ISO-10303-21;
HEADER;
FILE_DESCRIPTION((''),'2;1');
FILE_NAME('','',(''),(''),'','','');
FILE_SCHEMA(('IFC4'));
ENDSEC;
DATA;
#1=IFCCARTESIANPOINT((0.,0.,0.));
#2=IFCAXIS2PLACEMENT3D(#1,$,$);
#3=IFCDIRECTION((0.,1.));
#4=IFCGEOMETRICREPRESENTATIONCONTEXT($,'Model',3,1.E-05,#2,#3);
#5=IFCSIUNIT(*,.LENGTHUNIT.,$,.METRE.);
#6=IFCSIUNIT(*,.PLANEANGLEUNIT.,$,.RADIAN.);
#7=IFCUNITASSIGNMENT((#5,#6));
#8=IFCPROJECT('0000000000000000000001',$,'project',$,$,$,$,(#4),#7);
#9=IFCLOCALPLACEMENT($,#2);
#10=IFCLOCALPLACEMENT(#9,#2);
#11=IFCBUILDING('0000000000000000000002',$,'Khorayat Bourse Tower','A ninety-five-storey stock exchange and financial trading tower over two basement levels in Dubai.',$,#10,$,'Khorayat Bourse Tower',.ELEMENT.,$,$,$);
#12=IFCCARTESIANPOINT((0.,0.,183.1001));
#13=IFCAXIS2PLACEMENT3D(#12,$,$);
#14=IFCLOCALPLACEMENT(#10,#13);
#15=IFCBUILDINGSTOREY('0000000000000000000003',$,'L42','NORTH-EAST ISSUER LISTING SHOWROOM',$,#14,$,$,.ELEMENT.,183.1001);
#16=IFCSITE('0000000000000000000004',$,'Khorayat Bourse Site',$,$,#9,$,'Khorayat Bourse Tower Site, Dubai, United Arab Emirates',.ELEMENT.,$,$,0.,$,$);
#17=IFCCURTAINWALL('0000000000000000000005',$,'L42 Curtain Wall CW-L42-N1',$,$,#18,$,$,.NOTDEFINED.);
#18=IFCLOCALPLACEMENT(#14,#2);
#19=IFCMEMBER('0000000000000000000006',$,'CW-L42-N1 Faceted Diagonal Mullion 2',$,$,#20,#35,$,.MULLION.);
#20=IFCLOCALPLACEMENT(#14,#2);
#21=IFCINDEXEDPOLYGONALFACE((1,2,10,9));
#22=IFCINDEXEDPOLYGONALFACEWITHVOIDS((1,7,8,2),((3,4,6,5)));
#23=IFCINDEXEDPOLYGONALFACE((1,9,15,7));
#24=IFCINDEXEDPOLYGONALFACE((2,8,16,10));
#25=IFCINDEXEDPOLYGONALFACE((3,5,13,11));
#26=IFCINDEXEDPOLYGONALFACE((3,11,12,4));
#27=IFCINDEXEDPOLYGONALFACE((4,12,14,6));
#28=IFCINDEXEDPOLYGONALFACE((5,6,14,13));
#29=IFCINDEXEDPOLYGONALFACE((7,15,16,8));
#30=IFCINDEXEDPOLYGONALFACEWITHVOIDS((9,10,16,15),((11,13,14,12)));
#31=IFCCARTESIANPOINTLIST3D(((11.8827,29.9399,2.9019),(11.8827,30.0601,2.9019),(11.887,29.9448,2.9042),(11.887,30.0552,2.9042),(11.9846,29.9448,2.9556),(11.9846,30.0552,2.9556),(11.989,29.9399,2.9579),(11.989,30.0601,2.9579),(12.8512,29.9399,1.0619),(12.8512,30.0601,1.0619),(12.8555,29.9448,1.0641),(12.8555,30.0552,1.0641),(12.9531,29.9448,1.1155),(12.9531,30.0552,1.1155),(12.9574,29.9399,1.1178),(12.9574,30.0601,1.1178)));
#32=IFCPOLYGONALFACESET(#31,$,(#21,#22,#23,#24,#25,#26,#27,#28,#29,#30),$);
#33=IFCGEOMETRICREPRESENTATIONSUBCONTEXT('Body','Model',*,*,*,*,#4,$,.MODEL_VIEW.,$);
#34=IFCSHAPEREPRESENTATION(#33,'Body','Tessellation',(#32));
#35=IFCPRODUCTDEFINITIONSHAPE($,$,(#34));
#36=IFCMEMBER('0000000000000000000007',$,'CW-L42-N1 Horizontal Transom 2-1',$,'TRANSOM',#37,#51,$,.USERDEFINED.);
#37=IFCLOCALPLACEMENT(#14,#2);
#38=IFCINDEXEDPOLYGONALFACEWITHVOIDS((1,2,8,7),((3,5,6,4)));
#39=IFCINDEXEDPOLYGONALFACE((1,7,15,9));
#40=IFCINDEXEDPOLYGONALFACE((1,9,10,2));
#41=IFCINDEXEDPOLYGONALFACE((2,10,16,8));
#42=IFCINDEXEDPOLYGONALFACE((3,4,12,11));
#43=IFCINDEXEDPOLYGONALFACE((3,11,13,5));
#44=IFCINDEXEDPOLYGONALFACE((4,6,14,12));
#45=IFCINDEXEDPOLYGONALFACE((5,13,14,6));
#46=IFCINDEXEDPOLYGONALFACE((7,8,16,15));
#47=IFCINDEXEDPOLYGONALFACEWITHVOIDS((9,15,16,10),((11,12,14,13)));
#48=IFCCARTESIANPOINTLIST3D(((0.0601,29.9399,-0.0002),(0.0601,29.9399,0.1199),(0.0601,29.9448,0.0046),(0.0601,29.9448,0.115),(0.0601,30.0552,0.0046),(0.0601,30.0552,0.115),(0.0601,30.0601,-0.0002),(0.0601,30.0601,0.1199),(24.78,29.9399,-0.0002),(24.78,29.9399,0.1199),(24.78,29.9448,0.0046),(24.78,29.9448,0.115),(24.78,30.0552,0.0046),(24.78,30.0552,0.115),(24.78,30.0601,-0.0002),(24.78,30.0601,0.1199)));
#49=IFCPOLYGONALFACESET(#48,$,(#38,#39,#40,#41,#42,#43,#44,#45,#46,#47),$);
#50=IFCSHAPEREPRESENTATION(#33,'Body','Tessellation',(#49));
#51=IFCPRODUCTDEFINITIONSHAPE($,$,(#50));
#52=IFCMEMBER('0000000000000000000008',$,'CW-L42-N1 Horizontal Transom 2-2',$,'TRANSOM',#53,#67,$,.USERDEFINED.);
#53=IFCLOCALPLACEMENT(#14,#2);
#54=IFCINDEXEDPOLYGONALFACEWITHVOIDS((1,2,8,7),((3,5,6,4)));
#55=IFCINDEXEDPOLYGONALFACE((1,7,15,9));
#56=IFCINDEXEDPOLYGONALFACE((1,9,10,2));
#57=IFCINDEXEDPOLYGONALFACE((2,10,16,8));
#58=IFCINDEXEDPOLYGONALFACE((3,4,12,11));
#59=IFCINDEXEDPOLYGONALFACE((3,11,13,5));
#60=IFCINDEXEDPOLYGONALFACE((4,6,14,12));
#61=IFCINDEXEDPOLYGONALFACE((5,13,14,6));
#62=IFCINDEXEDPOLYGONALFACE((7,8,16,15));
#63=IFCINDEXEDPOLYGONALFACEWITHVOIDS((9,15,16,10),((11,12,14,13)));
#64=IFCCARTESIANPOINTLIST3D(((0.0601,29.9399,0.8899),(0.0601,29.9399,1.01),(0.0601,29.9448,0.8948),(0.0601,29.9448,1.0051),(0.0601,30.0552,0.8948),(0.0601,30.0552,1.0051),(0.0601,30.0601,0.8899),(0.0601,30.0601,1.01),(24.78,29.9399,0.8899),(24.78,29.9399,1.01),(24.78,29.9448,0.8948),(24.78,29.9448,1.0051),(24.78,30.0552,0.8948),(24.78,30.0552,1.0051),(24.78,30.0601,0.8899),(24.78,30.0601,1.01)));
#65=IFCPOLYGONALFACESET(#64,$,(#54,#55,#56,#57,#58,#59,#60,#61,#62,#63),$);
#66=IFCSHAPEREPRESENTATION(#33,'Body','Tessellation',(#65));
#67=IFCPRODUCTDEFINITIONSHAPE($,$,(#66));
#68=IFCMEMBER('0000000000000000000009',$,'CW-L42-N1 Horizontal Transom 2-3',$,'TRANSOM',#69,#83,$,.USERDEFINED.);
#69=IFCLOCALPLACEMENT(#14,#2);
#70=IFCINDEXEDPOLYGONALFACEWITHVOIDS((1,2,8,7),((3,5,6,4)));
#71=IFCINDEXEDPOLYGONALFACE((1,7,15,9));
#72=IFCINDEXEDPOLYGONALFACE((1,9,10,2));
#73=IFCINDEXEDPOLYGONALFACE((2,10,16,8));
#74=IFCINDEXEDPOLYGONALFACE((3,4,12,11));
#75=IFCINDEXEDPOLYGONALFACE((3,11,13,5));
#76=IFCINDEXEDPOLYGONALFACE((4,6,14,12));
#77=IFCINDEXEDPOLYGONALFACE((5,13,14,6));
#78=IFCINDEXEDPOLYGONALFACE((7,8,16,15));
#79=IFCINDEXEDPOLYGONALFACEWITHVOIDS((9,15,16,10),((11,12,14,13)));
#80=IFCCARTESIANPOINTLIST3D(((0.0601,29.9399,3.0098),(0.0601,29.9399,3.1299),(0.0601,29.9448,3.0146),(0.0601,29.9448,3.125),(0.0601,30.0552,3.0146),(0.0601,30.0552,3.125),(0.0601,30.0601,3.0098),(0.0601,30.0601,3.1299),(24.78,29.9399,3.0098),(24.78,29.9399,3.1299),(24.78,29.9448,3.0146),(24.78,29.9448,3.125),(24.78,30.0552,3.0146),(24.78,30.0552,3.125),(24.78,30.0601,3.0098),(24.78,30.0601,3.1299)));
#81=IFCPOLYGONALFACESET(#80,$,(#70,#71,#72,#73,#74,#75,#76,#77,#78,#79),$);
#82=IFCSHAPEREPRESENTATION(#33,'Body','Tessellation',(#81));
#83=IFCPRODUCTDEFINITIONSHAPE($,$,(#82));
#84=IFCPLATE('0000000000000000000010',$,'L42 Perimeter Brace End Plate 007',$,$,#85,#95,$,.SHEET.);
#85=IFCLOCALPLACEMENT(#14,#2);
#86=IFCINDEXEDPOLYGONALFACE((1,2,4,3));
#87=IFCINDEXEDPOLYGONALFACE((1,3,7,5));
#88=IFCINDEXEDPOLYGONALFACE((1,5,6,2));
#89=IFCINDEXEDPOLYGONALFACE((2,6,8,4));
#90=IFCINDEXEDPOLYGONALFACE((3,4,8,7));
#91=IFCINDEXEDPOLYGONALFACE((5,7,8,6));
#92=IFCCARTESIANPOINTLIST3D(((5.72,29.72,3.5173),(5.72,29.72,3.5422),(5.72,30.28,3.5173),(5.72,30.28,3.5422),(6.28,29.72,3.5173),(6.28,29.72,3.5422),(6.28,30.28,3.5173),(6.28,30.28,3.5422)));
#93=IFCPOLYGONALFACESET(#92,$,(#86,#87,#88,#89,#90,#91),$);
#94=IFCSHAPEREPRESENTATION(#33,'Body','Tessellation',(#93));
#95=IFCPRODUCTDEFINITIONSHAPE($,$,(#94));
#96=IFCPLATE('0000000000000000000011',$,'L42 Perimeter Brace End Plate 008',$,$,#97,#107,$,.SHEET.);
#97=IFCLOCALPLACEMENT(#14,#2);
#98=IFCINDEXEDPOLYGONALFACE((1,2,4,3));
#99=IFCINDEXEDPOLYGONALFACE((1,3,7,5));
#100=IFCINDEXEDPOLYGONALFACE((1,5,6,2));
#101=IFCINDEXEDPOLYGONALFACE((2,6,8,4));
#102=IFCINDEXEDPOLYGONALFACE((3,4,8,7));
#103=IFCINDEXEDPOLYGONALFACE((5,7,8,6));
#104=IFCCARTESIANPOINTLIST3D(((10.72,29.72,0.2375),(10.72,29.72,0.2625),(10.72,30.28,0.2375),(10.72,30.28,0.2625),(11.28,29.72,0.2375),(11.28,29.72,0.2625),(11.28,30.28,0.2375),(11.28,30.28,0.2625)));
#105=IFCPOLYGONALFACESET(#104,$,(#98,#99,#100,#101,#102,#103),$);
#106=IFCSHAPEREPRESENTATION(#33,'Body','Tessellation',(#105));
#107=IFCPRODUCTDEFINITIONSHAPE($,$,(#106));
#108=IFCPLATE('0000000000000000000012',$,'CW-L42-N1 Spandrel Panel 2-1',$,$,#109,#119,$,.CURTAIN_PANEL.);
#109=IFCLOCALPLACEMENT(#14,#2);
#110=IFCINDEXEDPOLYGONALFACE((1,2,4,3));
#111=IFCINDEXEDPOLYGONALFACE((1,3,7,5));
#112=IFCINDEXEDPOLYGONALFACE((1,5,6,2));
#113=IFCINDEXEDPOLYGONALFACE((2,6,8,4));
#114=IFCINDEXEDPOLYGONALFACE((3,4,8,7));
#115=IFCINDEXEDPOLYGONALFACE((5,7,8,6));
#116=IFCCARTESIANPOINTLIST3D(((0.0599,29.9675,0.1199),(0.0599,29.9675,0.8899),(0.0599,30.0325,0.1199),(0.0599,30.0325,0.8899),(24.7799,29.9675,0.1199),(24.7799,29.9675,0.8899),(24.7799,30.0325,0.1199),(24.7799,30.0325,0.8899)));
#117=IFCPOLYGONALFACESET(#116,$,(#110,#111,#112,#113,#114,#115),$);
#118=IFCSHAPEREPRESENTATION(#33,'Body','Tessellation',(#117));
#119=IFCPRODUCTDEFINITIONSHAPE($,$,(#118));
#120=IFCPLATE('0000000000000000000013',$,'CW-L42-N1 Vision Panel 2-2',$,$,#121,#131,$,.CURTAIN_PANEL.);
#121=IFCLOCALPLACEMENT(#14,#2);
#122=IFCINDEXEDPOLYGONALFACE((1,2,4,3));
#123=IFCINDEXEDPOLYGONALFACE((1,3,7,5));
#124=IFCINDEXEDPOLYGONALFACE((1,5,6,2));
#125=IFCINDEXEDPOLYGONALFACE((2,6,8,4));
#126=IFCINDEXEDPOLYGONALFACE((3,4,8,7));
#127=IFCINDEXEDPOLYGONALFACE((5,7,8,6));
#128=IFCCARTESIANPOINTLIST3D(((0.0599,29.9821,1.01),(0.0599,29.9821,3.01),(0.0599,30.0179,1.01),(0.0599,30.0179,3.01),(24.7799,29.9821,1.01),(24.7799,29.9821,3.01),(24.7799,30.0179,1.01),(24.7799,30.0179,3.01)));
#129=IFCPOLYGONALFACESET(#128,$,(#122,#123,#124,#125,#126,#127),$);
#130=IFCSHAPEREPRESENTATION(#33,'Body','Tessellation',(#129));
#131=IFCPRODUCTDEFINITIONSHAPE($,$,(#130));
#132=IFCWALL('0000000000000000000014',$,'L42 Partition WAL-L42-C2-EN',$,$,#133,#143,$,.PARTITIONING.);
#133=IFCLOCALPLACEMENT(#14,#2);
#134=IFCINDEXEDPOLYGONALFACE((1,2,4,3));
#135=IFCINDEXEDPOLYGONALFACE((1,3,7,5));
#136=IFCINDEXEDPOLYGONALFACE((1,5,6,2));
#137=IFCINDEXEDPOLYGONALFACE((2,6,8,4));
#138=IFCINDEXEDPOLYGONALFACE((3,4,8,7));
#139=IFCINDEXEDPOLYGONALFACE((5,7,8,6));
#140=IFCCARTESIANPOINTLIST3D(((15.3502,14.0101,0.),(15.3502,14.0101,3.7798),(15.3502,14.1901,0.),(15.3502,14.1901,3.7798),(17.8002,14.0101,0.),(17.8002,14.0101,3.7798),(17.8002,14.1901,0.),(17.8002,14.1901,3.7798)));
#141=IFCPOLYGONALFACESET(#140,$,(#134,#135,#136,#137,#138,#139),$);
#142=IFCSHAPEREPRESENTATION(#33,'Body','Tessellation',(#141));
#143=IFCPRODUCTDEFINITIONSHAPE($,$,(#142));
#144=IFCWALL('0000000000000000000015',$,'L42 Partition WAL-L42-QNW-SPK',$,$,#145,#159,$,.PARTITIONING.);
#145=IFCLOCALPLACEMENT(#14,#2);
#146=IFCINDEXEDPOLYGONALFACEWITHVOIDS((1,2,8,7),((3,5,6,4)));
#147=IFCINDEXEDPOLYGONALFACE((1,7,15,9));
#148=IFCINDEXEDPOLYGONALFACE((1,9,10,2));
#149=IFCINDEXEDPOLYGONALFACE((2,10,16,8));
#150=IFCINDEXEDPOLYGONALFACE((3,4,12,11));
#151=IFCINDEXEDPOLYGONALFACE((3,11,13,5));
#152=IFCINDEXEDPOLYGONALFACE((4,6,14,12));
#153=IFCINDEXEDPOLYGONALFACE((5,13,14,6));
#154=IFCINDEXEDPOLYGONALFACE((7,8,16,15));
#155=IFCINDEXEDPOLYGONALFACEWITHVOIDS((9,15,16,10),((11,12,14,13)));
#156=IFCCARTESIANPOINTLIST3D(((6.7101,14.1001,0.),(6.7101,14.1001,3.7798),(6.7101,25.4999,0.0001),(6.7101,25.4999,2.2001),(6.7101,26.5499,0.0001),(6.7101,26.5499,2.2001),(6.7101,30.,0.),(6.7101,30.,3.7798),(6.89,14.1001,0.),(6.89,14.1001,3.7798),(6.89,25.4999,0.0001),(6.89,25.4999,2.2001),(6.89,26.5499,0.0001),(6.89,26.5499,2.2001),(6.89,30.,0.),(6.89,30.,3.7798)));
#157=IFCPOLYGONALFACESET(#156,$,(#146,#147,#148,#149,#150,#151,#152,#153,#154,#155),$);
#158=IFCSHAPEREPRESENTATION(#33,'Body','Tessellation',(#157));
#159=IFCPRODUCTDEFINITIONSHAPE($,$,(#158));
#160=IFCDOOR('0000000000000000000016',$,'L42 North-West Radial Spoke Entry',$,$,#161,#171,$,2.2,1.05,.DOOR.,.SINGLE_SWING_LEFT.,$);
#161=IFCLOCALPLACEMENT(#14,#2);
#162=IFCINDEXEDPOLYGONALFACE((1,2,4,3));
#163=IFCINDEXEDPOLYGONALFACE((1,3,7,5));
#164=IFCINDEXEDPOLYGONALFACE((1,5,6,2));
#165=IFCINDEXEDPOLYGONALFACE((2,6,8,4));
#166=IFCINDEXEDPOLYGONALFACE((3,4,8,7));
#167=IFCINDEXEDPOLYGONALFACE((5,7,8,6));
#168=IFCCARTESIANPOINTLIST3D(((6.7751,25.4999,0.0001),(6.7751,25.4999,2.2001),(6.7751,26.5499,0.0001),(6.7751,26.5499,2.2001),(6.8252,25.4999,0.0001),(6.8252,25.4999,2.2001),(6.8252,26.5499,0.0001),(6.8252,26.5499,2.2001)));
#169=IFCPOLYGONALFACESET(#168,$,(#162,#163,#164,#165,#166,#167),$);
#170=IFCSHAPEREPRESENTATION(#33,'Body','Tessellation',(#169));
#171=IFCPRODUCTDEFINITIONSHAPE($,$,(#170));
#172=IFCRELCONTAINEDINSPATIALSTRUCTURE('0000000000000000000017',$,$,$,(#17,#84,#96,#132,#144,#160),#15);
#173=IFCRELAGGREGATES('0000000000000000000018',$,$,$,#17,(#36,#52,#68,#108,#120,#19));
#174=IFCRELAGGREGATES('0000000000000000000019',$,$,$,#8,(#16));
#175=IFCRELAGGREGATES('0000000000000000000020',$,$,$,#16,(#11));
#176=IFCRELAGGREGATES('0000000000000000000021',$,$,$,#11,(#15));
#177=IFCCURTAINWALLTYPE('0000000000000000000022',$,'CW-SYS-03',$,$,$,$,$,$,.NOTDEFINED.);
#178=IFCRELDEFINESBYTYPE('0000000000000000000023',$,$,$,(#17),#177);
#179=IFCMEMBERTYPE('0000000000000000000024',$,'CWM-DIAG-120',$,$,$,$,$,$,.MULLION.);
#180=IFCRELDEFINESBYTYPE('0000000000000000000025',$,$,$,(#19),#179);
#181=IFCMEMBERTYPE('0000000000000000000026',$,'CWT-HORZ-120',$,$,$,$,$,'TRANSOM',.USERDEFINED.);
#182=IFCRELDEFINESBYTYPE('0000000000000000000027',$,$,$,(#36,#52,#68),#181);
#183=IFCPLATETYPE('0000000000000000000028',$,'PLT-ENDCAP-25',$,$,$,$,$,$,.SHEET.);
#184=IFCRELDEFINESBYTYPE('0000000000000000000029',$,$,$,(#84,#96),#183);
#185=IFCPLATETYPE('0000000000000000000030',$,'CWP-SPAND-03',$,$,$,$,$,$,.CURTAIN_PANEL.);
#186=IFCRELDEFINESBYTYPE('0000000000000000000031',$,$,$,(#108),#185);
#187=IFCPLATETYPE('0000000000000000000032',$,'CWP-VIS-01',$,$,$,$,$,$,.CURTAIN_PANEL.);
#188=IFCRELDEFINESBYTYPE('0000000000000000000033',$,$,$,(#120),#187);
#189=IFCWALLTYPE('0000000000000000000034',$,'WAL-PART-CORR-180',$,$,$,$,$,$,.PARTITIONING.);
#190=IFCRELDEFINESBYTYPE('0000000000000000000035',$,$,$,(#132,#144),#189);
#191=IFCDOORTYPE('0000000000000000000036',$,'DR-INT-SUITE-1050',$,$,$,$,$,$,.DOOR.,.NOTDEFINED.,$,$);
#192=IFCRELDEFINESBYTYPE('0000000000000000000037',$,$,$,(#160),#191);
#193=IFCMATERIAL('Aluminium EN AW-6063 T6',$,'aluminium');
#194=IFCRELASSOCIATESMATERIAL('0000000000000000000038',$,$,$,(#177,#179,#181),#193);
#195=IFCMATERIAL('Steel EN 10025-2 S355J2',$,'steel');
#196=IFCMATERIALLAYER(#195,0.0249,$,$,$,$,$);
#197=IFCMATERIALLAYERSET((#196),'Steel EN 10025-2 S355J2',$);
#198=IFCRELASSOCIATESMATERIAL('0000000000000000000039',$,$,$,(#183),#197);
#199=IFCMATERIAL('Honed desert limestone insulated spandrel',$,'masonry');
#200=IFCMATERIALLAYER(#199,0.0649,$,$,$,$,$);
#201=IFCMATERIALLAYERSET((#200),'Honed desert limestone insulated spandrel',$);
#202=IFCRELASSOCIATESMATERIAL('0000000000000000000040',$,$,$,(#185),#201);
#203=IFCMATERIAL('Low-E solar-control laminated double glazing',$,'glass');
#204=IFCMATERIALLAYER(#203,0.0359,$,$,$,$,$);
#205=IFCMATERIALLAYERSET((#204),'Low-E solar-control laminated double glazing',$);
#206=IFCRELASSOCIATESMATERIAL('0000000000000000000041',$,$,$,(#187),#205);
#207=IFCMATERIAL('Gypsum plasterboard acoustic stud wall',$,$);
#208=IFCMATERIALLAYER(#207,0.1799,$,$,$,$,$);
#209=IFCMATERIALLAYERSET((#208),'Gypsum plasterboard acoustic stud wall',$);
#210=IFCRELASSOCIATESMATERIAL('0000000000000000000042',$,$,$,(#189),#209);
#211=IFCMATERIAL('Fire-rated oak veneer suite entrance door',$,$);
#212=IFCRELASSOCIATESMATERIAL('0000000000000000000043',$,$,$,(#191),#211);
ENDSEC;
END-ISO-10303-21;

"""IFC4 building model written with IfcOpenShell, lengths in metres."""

from ifc_helpers import new_model, si_unit, direction, frame, frame_2d, origin, origin_2d, place, context, subcontext, project, spatial, rectangle, hollow_rectangle, extrude, source, transform, mapped, material, layer, layer_set, material_profile, profile_set, type_object, element, fill, aggregate, save


model = new_model("IFC4")

# Units and contexts
model_context = context("Model", 3, precision=1e-05, world=origin(), true_north=direction((0.0, 1.0)))
body_context = subcontext(model_context, "Body", "Model", "MODEL_VIEW")
ifc_project = project(units=[si_unit("LENGTHUNIT", "METRE"), si_unit("PLANEANGLEUNIT", "RADIAN")], contexts=[model_context])

# Site, building, storey
site_placement = place(None, origin())
site = spatial("IfcSite", under=ifc_project, at=site_placement, Name="Khorayat Bourse Site", LongName="Khorayat Bourse Tower Site, Dubai, United Arab Emirates", CompositionType="ELEMENT", RefElevation=0.0)
building_placement = place(site_placement, origin())
building = spatial("IfcBuilding", under=site, at=building_placement, Name="Khorayat Bourse Tower", Description="A ninety-five-storey stock exchange and financial trading tower over two basement levels in Dubai.", LongName="Khorayat Bourse Tower", CompositionType="ELEMENT")
storey_placement = place(building_placement, frame((0.0, 0.0, 183.1001)))
storey = spatial("IfcBuildingStorey", under=building, at=storey_placement, Name="L42", Description="NORTH-EAST ISSUER LISTING SHOWROOM", CompositionType="ELEMENT", Elevation=183.1001)

# Curtain wall, members
ifc_material_1 = material(Name="Aluminium EN AW-6063 T6", Category="aluminium")
curtain_wall_type = type_object("IfcCurtainWallType", Name="CW-SYS-03", PredefinedType="NOTDEFINED", material=ifc_material_1)
curtain_wall_placement = place(storey_placement, origin())
curtain_wall = element("IfcCurtainWall", 1, at=curtain_wall_placement, inside=storey, type_object=curtain_wall_type, Name="L42 Curtain Wall CW-L42-N1", PredefinedType="NOTDEFINED")
ifc_material_profile_1 = material_profile(ifc_material_1, hollow_rectangle(XDim=0.1201, YDim=0.1201, WallThickness=0.0049, at=origin_2d()), Name="ALU 120x120x5")
ifc_profile_set_1 = profile_set([ifc_material_profile_1], Name="Aluminium EN AW-6063 T6")
member_type_1 = type_object("IfcMemberType", Name="CWM-DIAG-120", PredefinedType="MULLION", material=ifc_profile_set_1)
shared_shape_1 = source(origin(), body_context, "Body", "SweptSolid", [
    extrude(hollow_rectangle(XDim=0.1201, YDim=0.1201, WallThickness=0.0049, at=origin_2d()), origin(), (0.0, 0.0, 1.0), 2.0793),
])
member_1_placement = place(storey_placement, frame((12.9043, 30.0, 1.0898), z_axis=(-0.465761, 0.0, 0.884911), x_axis=(0.0, -1.0, 0.0)))
member_1 = element("IfcMember", 2, at=member_1_placement, type_object=member_type_1, Name="CW-L42-N1 Faceted Diagonal Mullion 2", PredefinedType="MULLION", context=body_context, shape_type="MappedRepresentation", body=[
    mapped(shared_shape_1, transform((0.0, 0.0, 0.0), scale=1.0)),
])
ifc_material_profile_2 = material_profile(ifc_material_1, hollow_rectangle(XDim=0.1201, YDim=0.1201, WallThickness=0.0049, at=origin_2d()), Name="ALU 120x120x5")
ifc_profile_set_2 = profile_set([ifc_material_profile_2], Name="Aluminium EN AW-6063 T6")
member_type_2 = type_object("IfcMemberType", Name="CWT-HORZ-120", ElementType="TRANSOM", PredefinedType="USERDEFINED", material=ifc_profile_set_2)
shared_shape_2 = source(origin(), body_context, "Body", "SweptSolid", [
    extrude(hollow_rectangle(XDim=0.1201, YDim=0.1201, WallThickness=0.0049, at=origin_2d()), origin(), (0.0, 0.0, 1.0), 24.72),
])
member_2_placement = place(storey_placement, frame((0.0601, 30.0, 0.0598), z_axis=(1.0, 0.0, 0.0), x_axis=(0.0, 1.0, 0.0)))
member_2 = element("IfcMember", 3, at=member_2_placement, type_object=member_type_2, Name="CW-L42-N1 Horizontal Transom 2-1", ObjectType="TRANSOM", PredefinedType="USERDEFINED", context=body_context, shape_type="MappedRepresentation", body=[
    mapped(shared_shape_2, transform((0.0, 0.0, 0.0), scale=1.0)),
])
member_3_placement = place(storey_placement, frame((0.0601, 30.0, 0.95), z_axis=(1.0, 0.0, 0.0), x_axis=(0.0, 1.0, 0.0)))
member_3 = element("IfcMember", 4, at=member_3_placement, type_object=member_type_2, Name="CW-L42-N1 Horizontal Transom 2-2", ObjectType="TRANSOM", PredefinedType="USERDEFINED", context=body_context, shape_type="MappedRepresentation", body=[
    mapped(shared_shape_2, transform((0.0, 0.0, 0.0), scale=1.0)),
])
member_4_placement = place(storey_placement, frame((0.0601, 30.0, 3.0698), z_axis=(1.0, 0.0, 0.0), x_axis=(0.0, 1.0, 0.0)))
member_4 = element("IfcMember", 5, at=member_4_placement, type_object=member_type_2, Name="CW-L42-N1 Horizontal Transom 2-3", ObjectType="TRANSOM", PredefinedType="USERDEFINED", context=body_context, shape_type="MappedRepresentation", body=[
    mapped(shared_shape_2, transform((0.0, 0.0, 0.0), scale=1.0)),
])

# Plates
ifc_material_2 = material(Name="Steel EN 10025-2 S355J2", Category="steel")
ifc_layer_1 = layer(ifc_material_2, 0.0249)
ifc_layer_set_1 = layer_set([ifc_layer_1], Name="Steel EN 10025-2 S355J2")
plate_type_1 = type_object("IfcPlateType", Name="PLT-ENDCAP-25", PredefinedType="SHEET", material=ifc_layer_set_1)
shared_shape_3 = source(origin(), body_context, "Body", "SweptSolid", [
    extrude(rectangle(XDim=0.5601, YDim=0.5601, at=origin_2d()), origin(), (0.0, 0.0, 1.0), 0.0249),
])
for number, where, z_axis, x_axis, name in (
    (6, (6.0, 30.0, 3.5173), (0.0, 0.0, 1.0), (1.0, 0.0, 0.0), "L42 Perimeter Brace End Plate 007"),
    (7, (11.0, 30.0, 0.2375), (0.0, 0.0, 1.0), (1.0, 0.0, 0.0), "L42 Perimeter Brace End Plate 008"),
):
    element("IfcPlate", number, at=place(storey_placement, frame(where, z_axis=z_axis, x_axis=x_axis)), inside=storey, type_object=plate_type_1, Name=name, PredefinedType="SHEET", context=body_context, shape_type="MappedRepresentation", body=[
        mapped(shared_shape_3, transform((0.0, 0.0, 0.0), scale=1.0)),
    ])

# Plates
ifc_material_3 = material(Name="Honed desert limestone insulated spandrel", Category="masonry")
ifc_layer_2 = layer(ifc_material_3, 0.0649)
ifc_layer_set_2 = layer_set([ifc_layer_2], Name="Honed desert limestone insulated spandrel")
plate_type_2 = type_object("IfcPlateType", Name="CWP-SPAND-03", PredefinedType="CURTAIN_PANEL", material=ifc_layer_set_2)
shared_shape_4 = source(origin(), body_context, "Body", "SweptSolid", [
    extrude(rectangle(XDim=24.72, YDim=0.0649, at=origin_2d()), origin(), (0.0, 0.0, 1.0), 0.77),
])
plate_1_placement = place(storey_placement, frame((12.4199, 30.0, 0.1199), z_axis=(0.0, 0.0, 1.0), x_axis=(1.0, 0.0, 0.0)))
plate_1 = element("IfcPlate", 8, at=plate_1_placement, type_object=plate_type_2, Name="CW-L42-N1 Spandrel Panel 2-1", PredefinedType="CURTAIN_PANEL", context=body_context, shape_type="MappedRepresentation", body=[
    mapped(shared_shape_4, transform((0.0, 0.0, 0.0), scale=1.0)),
])
ifc_material_4 = material(Name="Low-E solar-control laminated double glazing", Category="glass")
ifc_layer_3 = layer(ifc_material_4, 0.0359)
ifc_layer_set_3 = layer_set([ifc_layer_3], Name="Low-E solar-control laminated double glazing")
plate_type_3 = type_object("IfcPlateType", Name="CWP-VIS-01", PredefinedType="CURTAIN_PANEL", material=ifc_layer_set_3)
shared_shape_5 = source(origin(), body_context, "Body", "SweptSolid", [
    extrude(rectangle(XDim=24.72, YDim=0.0359, at=origin_2d()), origin(), (0.0, 0.0, 1.0), 2.0),
])
plate_2_placement = place(storey_placement, frame((12.4199, 30.0, 1.01), z_axis=(0.0, 0.0, 1.0), x_axis=(1.0, 0.0, 0.0)))
plate_2 = element("IfcPlate", 9, at=plate_2_placement, type_object=plate_type_3, Name="CW-L42-N1 Vision Panel 2-2", PredefinedType="CURTAIN_PANEL", context=body_context, shape_type="MappedRepresentation", body=[
    mapped(shared_shape_5, transform((0.0, 0.0, 0.0), scale=1.0)),
])
aggregate(curtain_wall, [member_2, member_3, member_4, plate_1, plate_2, member_1])

# Wall
ifc_material_5 = material(Name="Gypsum plasterboard acoustic stud wall")
ifc_layer_4 = layer(ifc_material_5, 0.1799)
ifc_layer_set_4 = layer_set([ifc_layer_4], Name="Gypsum plasterboard acoustic stud wall")
wall_type = type_object("IfcWallType", Name="WAL-PART-CORR-180", PredefinedType="PARTITIONING", material=ifc_layer_set_4)
shared_shape_6 = source(origin(), body_context, "Body", "SweptSolid", [
    extrude(rectangle(XDim=2.45, YDim=0.1799, at=frame_2d((1.2251, 0.0))), origin(), (0.0, 0.0, 1.0), 3.7798),
])
wall_1_placement = place(storey_placement, frame((15.3501, 14.1001, 0.0), z_axis=(0.0, 0.0, 1.0), x_axis=(1.0, 0.0, 0.0)))
element("IfcWall", 10, at=wall_1_placement, inside=storey, type_object=wall_type, Name="L42 Partition WAL-L42-C2-EN", PredefinedType="PARTITIONING", context=body_context, shape_type="MappedRepresentation", body=[
    mapped(shared_shape_6, transform((0.0, 0.0, 0.0), scale=1.0)),
])

# Wall, opening, door
shared_shape_7 = source(origin(), body_context, "Body", "SweptSolid", [
    extrude(rectangle(XDim=15.8999, YDim=0.1799, at=frame_2d((7.95, 0.0))), origin(), (0.0, 0.0, 1.0), 3.7798),
])
wall_2_placement = place(storey_placement, frame((6.8, 14.1001, 0.0), z_axis=(0.0, 0.0, 1.0), x_axis=(0.0, 1.0, 0.0)))
wall_2 = element("IfcWall", 11, at=wall_2_placement, inside=storey, type_object=wall_type, Name="L42 Partition WAL-L42-QNW-SPK", PredefinedType="PARTITIONING", context=body_context, shape_type="MappedRepresentation", body=[
    mapped(shared_shape_7, transform((0.0, 0.0, 0.0), scale=1.0)),
])
shared_shape_8 = source(origin(), body_context, "Body", "SweptSolid", [
    extrude(rectangle(XDim=1.05, YDim=2.2, at=frame_2d((0.5249, 1.1001))), frame((0.0, 0.0999, 0.0), z_axis=(0.0, -1.0, 0.0), x_axis=(1.0, 0.0, 0.0)), (0.0, 0.0, 1.0), 0.2),
])
opening_1_placement = place(wall_2_placement, frame((11.3999, 0.0, 0.0)))
opening_1 = element("IfcOpeningElement", 12, at=opening_1_placement, cuts=wall_2, PredefinedType="OPENING", context=body_context, shape_type="MappedRepresentation", body=[
    mapped(shared_shape_8, transform((0.0, 0.0, 0.0), scale=1.0)),
])
ifc_material_6 = material(Name="Fire-rated oak veneer suite entrance door")
door_type = type_object("IfcDoorType", Name="DR-INT-SUITE-1050", OperationType="NOTDEFINED", PredefinedType="DOOR", material=ifc_material_6)
shared_shape_9 = source(origin(), body_context, "Body", "SweptSolid", [
    extrude(rectangle(XDim=1.05, YDim=2.2, at=frame_2d((0.5249, 1.1001))), frame((0.0, 0.0249, 0.0), z_axis=(0.0, -1.0, 0.0), x_axis=(1.0, 0.0, 0.0)), (0.0, 0.0, 1.0), 0.05),
])
door_1_placement = place(opening_1_placement, origin())
door_1 = element("IfcDoor", 13, at=door_1_placement, inside=storey, type_object=door_type, Name="L42 North-West Radial Spoke Entry", OperationType="SINGLE_SWING_LEFT", OverallHeight=2.2, OverallWidth=1.05, PredefinedType="DOOR", context=body_context, shape_type="MappedRepresentation", body=[
    mapped(shared_shape_9, transform((0.0, 0.0, 0.0), scale=1.0)),
])
fill(opening_1, door_1)

save(model, "model.ifc")
